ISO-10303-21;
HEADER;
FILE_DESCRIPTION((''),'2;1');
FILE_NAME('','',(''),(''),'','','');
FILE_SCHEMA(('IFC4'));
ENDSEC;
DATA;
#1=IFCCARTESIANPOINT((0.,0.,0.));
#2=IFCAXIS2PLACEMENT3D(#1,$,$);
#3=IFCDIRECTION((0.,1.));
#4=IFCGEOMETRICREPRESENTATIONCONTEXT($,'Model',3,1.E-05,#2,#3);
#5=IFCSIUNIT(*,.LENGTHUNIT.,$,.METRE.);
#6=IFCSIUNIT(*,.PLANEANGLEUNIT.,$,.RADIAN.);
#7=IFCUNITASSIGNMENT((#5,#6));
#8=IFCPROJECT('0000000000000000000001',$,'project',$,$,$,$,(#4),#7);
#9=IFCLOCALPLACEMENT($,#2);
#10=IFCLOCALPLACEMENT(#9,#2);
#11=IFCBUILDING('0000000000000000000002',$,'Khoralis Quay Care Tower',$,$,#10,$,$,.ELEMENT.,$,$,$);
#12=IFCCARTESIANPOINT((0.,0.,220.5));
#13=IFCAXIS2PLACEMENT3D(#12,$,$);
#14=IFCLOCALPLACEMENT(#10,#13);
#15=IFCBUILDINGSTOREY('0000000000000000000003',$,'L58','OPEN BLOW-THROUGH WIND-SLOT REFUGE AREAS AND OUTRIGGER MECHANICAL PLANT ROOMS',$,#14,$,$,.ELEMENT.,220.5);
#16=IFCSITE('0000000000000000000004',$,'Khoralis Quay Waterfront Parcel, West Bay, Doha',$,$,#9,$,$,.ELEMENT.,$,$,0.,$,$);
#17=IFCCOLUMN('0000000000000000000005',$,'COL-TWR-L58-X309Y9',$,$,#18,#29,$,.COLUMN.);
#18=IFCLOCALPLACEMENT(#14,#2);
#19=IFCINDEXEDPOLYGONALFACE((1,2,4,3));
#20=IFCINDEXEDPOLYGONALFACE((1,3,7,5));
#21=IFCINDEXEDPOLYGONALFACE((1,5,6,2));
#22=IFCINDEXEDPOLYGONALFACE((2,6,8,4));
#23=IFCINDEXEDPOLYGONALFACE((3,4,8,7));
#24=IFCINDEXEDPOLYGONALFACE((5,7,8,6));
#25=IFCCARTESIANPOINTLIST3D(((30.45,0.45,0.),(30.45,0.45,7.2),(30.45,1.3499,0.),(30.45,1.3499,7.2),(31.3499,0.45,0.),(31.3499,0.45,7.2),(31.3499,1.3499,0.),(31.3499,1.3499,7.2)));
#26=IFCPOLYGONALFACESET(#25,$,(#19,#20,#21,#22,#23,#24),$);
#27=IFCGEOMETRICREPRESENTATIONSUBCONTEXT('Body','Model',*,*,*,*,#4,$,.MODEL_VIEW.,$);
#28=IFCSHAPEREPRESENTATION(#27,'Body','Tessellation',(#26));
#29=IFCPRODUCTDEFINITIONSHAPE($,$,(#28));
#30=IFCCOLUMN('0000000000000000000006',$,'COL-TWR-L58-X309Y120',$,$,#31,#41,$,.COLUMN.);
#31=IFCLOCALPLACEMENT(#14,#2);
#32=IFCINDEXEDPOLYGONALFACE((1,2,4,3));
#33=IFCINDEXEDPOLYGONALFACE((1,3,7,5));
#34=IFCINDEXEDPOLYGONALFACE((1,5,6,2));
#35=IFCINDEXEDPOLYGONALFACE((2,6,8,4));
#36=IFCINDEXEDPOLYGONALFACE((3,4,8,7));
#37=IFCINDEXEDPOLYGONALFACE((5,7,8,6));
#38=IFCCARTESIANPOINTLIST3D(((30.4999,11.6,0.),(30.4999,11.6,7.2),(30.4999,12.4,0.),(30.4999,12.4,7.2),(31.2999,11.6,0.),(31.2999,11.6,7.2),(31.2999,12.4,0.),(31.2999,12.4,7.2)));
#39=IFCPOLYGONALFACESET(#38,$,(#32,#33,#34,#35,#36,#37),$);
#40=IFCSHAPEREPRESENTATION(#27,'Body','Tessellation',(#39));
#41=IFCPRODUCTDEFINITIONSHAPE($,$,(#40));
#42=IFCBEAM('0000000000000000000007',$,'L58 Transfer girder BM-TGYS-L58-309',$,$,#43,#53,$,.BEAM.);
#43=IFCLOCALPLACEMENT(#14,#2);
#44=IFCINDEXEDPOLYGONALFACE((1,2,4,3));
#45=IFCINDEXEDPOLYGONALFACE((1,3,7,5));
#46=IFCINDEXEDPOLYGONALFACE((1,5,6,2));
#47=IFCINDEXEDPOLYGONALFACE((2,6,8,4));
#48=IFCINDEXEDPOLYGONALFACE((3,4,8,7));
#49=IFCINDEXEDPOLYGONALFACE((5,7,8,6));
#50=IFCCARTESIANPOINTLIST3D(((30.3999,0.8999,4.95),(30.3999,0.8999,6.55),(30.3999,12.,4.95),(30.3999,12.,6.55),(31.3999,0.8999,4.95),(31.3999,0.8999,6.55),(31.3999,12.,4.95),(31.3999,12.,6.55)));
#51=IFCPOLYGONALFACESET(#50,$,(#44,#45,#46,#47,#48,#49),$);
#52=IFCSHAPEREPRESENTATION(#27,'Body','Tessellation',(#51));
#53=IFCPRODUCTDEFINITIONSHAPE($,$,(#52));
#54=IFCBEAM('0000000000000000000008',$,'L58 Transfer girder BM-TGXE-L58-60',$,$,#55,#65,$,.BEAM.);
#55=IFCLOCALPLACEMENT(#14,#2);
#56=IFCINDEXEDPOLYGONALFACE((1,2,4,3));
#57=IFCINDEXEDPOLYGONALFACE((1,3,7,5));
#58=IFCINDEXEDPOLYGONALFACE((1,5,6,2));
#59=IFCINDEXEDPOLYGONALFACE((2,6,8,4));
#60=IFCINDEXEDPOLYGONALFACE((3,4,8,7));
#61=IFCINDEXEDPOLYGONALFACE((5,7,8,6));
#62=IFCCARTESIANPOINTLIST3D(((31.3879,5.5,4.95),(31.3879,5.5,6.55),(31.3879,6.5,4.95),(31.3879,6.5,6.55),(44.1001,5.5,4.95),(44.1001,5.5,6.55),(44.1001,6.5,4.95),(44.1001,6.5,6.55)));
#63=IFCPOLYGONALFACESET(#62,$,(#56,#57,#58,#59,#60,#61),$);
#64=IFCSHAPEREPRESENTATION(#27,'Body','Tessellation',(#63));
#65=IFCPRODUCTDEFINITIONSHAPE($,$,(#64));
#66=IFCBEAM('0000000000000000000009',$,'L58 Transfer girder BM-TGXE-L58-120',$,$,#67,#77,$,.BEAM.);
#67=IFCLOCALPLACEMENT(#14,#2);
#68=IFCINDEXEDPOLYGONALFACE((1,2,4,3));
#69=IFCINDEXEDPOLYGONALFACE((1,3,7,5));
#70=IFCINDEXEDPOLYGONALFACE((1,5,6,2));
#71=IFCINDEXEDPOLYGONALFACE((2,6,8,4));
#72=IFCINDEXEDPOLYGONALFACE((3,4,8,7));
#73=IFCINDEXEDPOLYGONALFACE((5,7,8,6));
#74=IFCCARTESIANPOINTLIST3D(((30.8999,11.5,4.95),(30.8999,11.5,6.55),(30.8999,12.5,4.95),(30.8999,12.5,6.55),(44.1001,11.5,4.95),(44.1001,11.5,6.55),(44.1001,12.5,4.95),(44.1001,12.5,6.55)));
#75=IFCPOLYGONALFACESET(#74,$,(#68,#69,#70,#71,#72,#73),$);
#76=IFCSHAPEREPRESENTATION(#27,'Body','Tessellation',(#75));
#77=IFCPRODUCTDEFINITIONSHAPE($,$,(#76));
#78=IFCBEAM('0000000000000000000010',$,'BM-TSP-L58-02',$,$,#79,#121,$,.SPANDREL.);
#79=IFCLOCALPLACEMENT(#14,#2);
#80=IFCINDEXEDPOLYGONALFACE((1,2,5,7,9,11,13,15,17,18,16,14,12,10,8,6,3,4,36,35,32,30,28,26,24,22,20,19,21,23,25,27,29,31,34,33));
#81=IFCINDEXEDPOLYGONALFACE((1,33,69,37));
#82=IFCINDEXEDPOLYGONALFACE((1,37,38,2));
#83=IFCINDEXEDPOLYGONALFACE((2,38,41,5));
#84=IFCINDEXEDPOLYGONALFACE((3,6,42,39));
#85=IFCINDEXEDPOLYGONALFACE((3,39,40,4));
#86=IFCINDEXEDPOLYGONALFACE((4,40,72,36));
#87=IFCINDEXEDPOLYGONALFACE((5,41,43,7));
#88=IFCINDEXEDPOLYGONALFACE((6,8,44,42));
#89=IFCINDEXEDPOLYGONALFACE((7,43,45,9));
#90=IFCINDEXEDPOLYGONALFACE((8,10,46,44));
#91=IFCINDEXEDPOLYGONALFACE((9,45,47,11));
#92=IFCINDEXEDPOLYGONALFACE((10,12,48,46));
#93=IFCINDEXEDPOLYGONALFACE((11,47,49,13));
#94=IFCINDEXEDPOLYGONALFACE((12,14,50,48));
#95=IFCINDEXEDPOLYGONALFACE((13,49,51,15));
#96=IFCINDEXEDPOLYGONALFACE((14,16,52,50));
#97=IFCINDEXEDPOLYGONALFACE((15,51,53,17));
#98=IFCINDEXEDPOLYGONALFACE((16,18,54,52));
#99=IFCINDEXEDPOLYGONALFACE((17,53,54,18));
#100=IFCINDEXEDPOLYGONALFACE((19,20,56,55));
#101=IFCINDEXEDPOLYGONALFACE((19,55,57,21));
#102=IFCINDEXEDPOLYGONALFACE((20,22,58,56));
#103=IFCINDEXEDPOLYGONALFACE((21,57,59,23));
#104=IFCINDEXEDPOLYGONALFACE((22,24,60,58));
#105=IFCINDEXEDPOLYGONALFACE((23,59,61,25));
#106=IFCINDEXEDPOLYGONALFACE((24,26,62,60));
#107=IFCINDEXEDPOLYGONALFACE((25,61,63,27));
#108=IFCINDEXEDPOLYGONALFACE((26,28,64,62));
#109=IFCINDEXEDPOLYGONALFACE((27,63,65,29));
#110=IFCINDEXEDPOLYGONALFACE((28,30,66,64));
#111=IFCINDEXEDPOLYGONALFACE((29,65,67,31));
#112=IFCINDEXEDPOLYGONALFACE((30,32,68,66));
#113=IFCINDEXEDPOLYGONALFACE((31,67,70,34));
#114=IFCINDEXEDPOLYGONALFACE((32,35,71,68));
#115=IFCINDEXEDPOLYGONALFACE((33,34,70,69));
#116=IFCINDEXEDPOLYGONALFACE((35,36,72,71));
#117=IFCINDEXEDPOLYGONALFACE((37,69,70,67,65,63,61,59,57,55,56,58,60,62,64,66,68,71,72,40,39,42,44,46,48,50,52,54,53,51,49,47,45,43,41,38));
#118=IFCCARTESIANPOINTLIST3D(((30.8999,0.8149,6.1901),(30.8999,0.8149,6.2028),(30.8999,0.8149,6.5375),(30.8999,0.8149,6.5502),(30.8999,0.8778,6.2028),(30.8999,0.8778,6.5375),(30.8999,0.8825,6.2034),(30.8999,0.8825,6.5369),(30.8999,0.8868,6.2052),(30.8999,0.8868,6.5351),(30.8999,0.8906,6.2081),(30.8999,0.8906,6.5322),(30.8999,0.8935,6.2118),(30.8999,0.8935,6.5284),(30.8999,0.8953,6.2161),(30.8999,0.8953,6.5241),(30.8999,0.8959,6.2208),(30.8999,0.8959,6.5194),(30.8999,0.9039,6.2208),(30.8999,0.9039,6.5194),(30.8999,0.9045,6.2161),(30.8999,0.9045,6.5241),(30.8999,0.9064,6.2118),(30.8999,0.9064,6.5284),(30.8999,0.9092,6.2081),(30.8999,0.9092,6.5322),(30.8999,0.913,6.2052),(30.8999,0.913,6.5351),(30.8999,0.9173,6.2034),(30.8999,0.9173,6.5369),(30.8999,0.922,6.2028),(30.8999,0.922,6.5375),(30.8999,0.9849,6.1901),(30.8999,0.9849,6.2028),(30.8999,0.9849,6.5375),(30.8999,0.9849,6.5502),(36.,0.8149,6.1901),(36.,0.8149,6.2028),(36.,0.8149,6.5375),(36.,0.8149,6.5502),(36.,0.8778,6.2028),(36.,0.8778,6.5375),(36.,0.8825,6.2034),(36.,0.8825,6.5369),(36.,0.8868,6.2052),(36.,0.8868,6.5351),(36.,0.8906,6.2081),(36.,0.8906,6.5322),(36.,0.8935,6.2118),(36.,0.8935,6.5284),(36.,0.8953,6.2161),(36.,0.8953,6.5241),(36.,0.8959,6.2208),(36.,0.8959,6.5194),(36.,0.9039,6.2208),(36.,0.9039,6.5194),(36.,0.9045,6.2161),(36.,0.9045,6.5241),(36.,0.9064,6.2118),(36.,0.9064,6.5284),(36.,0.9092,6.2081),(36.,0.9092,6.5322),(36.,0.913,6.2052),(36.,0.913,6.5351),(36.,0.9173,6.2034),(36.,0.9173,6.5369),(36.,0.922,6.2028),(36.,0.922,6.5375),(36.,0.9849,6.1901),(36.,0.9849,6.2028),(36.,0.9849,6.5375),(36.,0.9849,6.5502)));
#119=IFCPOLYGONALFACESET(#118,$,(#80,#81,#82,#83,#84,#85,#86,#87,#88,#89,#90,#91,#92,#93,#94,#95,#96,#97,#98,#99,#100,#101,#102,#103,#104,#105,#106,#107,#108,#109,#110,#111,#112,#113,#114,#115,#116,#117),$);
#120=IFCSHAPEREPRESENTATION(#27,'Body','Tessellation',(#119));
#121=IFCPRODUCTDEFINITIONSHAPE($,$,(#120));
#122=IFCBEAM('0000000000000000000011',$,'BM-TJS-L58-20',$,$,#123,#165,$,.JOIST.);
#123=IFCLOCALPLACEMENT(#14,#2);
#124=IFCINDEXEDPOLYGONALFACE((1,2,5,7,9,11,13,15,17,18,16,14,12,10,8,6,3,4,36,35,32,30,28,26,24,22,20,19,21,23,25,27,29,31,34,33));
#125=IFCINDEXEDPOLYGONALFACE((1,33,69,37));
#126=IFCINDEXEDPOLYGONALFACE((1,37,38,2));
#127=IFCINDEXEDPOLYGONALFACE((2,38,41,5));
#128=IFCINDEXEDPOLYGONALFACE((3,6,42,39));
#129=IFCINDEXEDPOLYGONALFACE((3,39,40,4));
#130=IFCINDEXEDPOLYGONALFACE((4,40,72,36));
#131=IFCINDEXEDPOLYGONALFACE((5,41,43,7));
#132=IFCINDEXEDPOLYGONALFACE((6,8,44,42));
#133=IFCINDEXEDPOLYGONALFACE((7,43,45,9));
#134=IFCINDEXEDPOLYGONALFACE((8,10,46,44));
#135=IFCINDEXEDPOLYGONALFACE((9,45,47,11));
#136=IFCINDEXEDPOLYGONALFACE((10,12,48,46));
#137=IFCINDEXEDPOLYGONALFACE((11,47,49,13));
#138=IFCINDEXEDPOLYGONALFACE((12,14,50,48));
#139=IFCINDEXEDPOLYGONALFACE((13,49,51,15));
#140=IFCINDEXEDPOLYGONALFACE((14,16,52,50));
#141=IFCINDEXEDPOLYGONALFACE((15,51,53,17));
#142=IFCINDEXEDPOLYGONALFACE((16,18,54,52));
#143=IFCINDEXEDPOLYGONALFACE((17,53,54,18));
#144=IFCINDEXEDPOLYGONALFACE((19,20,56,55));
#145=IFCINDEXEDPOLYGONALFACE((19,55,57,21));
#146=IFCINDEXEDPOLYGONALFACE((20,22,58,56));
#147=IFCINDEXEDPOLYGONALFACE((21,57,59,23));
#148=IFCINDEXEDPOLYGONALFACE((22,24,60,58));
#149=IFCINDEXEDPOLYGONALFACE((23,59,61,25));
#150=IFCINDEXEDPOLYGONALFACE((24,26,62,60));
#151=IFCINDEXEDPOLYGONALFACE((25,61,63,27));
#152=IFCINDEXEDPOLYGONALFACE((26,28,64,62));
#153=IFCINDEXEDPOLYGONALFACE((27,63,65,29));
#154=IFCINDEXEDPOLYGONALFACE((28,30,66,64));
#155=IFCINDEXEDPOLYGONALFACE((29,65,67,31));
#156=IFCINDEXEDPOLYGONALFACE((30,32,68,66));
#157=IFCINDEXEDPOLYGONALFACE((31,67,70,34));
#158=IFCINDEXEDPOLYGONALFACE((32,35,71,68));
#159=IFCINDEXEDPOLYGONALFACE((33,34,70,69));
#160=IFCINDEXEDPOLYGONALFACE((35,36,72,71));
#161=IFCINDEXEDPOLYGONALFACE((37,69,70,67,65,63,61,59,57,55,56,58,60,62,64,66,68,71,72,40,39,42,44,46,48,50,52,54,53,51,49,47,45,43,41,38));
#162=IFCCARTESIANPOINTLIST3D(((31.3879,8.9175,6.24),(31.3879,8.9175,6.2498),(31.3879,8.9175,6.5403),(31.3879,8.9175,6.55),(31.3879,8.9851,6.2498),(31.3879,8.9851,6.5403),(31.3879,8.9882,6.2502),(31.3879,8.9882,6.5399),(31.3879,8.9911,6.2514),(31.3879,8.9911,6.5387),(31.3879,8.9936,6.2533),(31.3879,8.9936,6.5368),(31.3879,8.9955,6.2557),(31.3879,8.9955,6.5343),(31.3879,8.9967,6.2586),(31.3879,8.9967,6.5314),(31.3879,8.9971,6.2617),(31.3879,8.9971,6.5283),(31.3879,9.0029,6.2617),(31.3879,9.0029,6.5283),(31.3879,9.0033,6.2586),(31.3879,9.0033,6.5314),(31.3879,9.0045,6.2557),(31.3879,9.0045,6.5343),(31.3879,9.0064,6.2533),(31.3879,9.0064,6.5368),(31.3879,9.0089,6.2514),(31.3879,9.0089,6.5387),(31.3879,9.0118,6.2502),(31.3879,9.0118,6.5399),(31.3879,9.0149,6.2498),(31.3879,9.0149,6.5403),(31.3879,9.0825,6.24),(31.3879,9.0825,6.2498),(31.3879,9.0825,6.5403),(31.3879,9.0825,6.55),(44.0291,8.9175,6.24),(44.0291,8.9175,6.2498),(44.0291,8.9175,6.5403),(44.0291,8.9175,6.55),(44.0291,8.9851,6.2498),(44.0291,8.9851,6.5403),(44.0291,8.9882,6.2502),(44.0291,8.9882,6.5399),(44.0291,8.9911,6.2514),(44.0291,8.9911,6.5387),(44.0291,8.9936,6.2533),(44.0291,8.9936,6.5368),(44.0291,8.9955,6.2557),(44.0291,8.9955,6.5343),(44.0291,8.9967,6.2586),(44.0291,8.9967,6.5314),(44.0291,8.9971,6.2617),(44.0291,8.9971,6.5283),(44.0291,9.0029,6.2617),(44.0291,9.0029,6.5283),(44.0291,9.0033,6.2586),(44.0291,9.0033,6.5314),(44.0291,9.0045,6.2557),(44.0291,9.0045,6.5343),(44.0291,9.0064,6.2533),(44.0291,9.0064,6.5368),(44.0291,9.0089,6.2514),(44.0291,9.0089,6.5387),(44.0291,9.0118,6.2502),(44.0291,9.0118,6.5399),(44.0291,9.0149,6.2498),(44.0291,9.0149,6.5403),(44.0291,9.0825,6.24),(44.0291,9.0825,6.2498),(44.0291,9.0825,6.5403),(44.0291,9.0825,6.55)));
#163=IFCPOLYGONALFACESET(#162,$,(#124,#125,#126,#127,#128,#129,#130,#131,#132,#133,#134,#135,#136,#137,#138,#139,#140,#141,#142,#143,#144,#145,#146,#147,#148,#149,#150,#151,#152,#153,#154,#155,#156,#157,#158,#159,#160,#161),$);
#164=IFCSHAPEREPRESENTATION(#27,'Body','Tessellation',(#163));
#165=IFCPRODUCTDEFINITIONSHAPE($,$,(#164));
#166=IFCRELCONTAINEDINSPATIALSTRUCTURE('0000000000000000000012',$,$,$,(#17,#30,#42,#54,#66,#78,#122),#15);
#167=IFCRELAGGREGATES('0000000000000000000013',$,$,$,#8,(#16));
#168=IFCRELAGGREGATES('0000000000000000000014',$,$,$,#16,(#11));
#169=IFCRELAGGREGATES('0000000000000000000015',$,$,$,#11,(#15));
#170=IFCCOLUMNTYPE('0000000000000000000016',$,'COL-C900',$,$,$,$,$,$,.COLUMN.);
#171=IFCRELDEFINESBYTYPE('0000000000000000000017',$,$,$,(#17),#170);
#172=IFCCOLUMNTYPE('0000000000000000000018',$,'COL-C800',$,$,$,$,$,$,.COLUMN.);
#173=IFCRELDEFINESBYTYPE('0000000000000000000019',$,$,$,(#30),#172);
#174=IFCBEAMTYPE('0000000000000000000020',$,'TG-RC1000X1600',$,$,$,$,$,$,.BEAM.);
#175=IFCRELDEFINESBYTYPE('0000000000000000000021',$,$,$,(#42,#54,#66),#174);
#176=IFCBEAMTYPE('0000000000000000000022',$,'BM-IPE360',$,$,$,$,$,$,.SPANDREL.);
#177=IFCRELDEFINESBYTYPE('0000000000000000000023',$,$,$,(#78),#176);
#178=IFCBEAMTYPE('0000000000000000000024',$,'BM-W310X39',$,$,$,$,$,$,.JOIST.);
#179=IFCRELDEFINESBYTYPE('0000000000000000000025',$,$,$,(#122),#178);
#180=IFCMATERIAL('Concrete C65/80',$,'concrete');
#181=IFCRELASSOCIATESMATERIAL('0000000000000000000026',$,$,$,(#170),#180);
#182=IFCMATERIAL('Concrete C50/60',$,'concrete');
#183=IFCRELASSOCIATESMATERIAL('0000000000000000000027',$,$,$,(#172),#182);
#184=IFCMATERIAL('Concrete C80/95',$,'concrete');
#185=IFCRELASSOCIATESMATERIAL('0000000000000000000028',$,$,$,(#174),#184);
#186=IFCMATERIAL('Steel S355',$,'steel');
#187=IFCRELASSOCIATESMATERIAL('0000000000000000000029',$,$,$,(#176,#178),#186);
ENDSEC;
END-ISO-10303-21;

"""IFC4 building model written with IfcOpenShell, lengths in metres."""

from ifc_helpers import new_model, si_unit, direction, frame, origin, origin_2d, place, context, subcontext, project, spatial, rectangle, i_section, extrude, source, transform, mapped, material, material_profile, profile_set, type_object, element, save


model = new_model("IFC4")

# Units and contexts
model_context = context("Model", 3, precision=1e-05, world=origin(), true_north=direction((0.0, 1.0)))
body_context = subcontext(model_context, "Body", "Model", "MODEL_VIEW")
ifc_project = project(units=[si_unit("LENGTHUNIT", "METRE"), si_unit("PLANEANGLEUNIT", "RADIAN")], contexts=[model_context])

# Site, building, storey
site_placement = place(None, origin())
site = spatial("IfcSite", under=ifc_project, at=site_placement, Name="Khoralis Quay Waterfront Parcel, West Bay, Doha", CompositionType="ELEMENT", RefElevation=0.0)
building_placement = place(site_placement, origin())
building = spatial("IfcBuilding", under=site, at=building_placement, Name="Khoralis Quay Care Tower", CompositionType="ELEMENT")
storey_placement = place(building_placement, frame((0.0, 0.0, 220.5)))
storey = spatial("IfcBuildingStorey", under=building, at=storey_placement, Name="L58", Description="OPEN BLOW-THROUGH WIND-SLOT REFUGE AREAS AND OUTRIGGER MECHANICAL PLANT ROOMS", CompositionType="ELEMENT", Elevation=220.5)

# Columns
ifc_material_1 = material(Name="Concrete C65/80", Category="concrete")
ifc_material_profile_1 = material_profile(ifc_material_1, rectangle(XDim=0.8999, YDim=0.8999, at=origin_2d()), Name="Concrete C65/80")
ifc_profile_set_1 = profile_set([ifc_material_profile_1], Name="Concrete C65/80")
column_type_1 = type_object("IfcColumnType", Name="COL-C900", PredefinedType="COLUMN", material=ifc_profile_set_1)
shared_shape_1 = source(origin(), body_context, "Body", "SweptSolid", [
    extrude(rectangle(XDim=0.8999, YDim=0.8999, at=origin_2d()), origin(), (0.0, 0.0, 1.0), 7.2),
])
column_1_placement = place(storey_placement, frame((30.8999, 0.8999, 0.0), z_axis=(0.0, 0.0, 1.0), x_axis=(1.0, 0.0, 0.0)))
element("IfcColumn", 1, at=column_1_placement, inside=storey, type_object=column_type_1, Name="COL-TWR-L58-X309Y9", PredefinedType="COLUMN", context=body_context, shape_type="MappedRepresentation", body=[
    mapped(shared_shape_1, transform((0.0, 0.0, 0.0), scale=1.0)),
])
ifc_material_2 = material(Name="Concrete C50/60", Category="concrete")
ifc_material_profile_2 = material_profile(ifc_material_2, rectangle(XDim=0.8, YDim=0.8, at=origin_2d()), Name="Concrete C50/60")
ifc_profile_set_2 = profile_set([ifc_material_profile_2], Name="Concrete C50/60")
column_type_2 = type_object("IfcColumnType", Name="COL-C800", PredefinedType="COLUMN", material=ifc_profile_set_2)
shared_shape_2 = source(origin(), body_context, "Body", "SweptSolid", [
    extrude(rectangle(XDim=0.8, YDim=0.8, at=origin_2d()), origin(), (0.0, 0.0, 1.0), 7.2),
])
column_2_placement = place(storey_placement, frame((30.8999, 12.0, 0.0), z_axis=(0.0, 0.0, 1.0), x_axis=(1.0, 0.0, 0.0)))
element("IfcColumn", 2, at=column_2_placement, inside=storey, type_object=column_type_2, Name="COL-TWR-L58-X309Y120", PredefinedType="COLUMN", context=body_context, shape_type="MappedRepresentation", body=[
    mapped(shared_shape_2, transform((0.0, 0.0, 0.0), scale=1.0)),
])

# Beams
ifc_material_3 = material(Name="Concrete C80/95", Category="concrete")
ifc_material_profile_3 = material_profile(ifc_material_3, rectangle(XDim=1.0, YDim=1.6001, at=origin_2d()), Name="Concrete C80/95")
ifc_profile_set_3 = profile_set([ifc_material_profile_3], Name="Concrete C80/95")
beam_type_1 = type_object("IfcBeamType", Name="TG-RC1000X1600", PredefinedType="BEAM", material=ifc_profile_set_3)
shared_shape_3 = source(origin(), body_context, "Body", "SweptSolid", [
    extrude(rectangle(XDim=1.0, YDim=1.6001, at=origin_2d()), origin(), (0.0, 0.0, 1.0), 11.1001),
])
beam_1_placement = place(storey_placement, frame((30.8999, 0.8999, 5.75), z_axis=(0.0, 1.0, 0.0), x_axis=(-1.0, 0.0, 0.0)))
element("IfcBeam", 3, at=beam_1_placement, inside=storey, type_object=beam_type_1, Name="L58 Transfer girder BM-TGYS-L58-309", PredefinedType="BEAM", context=body_context, shape_type="MappedRepresentation", body=[
    mapped(shared_shape_3, transform((0.0, 0.0, 0.0), scale=1.0)),
])
shared_shape_4 = source(origin(), body_context, "Body", "SweptSolid", [
    extrude(rectangle(XDim=1.0, YDim=1.6001, at=origin_2d()), origin(), (0.0, 0.0, 1.0), 12.7122),
])
beam_2_placement = place(storey_placement, frame((31.3879, 6.0, 5.75), z_axis=(1.0, 0.0, 0.0), x_axis=(0.0, 1.0, 0.0)))
element("IfcBeam", 4, at=beam_2_placement, inside=storey, type_object=beam_type_1, Name="L58 Transfer girder BM-TGXE-L58-60", PredefinedType="BEAM", context=body_context, shape_type="MappedRepresentation", body=[
    mapped(shared_shape_4, transform((0.0, 0.0, 0.0), scale=1.0)),
])
shared_shape_5 = source(origin(), body_context, "Body", "SweptSolid", [
    extrude(rectangle(XDim=1.0, YDim=1.6001, at=origin_2d()), origin(), (0.0, 0.0, 1.0), 13.2002),
])
beam_3_placement = place(storey_placement, frame((30.8999, 12.0, 5.75), z_axis=(1.0, 0.0, 0.0), x_axis=(0.0, 1.0, 0.0)))
element("IfcBeam", 5, at=beam_3_placement, inside=storey, type_object=beam_type_1, Name="L58 Transfer girder BM-TGXE-L58-120", PredefinedType="BEAM", context=body_context, shape_type="MappedRepresentation", body=[
    mapped(shared_shape_5, transform((0.0, 0.0, 0.0), scale=1.0)),
])
ifc_material_4 = material(Name="Steel S355", Category="steel")
ifc_material_profile_4 = material_profile(ifc_material_4, i_section(OverallWidth=0.1699, OverallDepth=0.3601, WebThickness=0.0081, FlangeThickness=0.0127, FilletRadius=0.0181, at=origin_2d()), Name="Steel S355")
ifc_profile_set_4 = profile_set([ifc_material_profile_4], Name="Steel S355")
beam_type_2 = type_object("IfcBeamType", Name="BM-IPE360", PredefinedType="SPANDREL", material=ifc_profile_set_4)
shared_shape_6 = source(origin(), body_context, "Body", "SweptSolid", [
    extrude(i_section(OverallWidth=0.1699, OverallDepth=0.3601, WebThickness=0.0081, FlangeThickness=0.0127, FilletRadius=0.0181, at=origin_2d()), origin(), (0.0, 0.0, 1.0), 5.1001),
])
beam_4_placement = place(storey_placement, frame((30.8999, 0.8999, 6.3701), z_axis=(1.0, 0.0, 0.0), x_axis=(0.0, 1.0, 0.0)))
element("IfcBeam", 6, at=beam_4_placement, inside=storey, type_object=beam_type_2, Name="BM-TSP-L58-02", PredefinedType="SPANDREL", context=body_context, shape_type="MappedRepresentation", body=[
    mapped(shared_shape_6, transform((0.0, 0.0, 0.0), scale=1.0)),
])
ifc_material_profile_5 = material_profile(ifc_material_4, i_section(OverallWidth=0.165, OverallDepth=0.3101, WebThickness=0.0059, FlangeThickness=0.0098, FilletRadius=0.012, at=origin_2d()), Name="Steel S355")
ifc_profile_set_5 = profile_set([ifc_material_profile_5], Name="Steel S355")
beam_type_3 = type_object("IfcBeamType", Name="BM-W310X39", PredefinedType="JOIST", material=ifc_profile_set_5)
shared_shape_7 = source(origin(), body_context, "Body", "SweptSolid", [
    extrude(i_section(OverallWidth=0.165, OverallDepth=0.3101, WebThickness=0.0059, FlangeThickness=0.0098, FilletRadius=0.012, at=origin_2d()), origin(), (0.0, 0.0, 1.0), 12.6411),
])
beam_5_placement = place(storey_placement, frame((31.3879, 9.0, 6.395), z_axis=(1.0, 0.0, 0.0), x_axis=(0.0, 1.0, 0.0)))
element("IfcBeam", 7, at=beam_5_placement, inside=storey, type_object=beam_type_3, Name="BM-TJS-L58-20", PredefinedType="JOIST", context=body_context, shape_type="MappedRepresentation", body=[
    mapped(shared_shape_7, transform((0.0, 0.0, 0.0), scale=1.0)),
])

save(model, "model.ifc")
